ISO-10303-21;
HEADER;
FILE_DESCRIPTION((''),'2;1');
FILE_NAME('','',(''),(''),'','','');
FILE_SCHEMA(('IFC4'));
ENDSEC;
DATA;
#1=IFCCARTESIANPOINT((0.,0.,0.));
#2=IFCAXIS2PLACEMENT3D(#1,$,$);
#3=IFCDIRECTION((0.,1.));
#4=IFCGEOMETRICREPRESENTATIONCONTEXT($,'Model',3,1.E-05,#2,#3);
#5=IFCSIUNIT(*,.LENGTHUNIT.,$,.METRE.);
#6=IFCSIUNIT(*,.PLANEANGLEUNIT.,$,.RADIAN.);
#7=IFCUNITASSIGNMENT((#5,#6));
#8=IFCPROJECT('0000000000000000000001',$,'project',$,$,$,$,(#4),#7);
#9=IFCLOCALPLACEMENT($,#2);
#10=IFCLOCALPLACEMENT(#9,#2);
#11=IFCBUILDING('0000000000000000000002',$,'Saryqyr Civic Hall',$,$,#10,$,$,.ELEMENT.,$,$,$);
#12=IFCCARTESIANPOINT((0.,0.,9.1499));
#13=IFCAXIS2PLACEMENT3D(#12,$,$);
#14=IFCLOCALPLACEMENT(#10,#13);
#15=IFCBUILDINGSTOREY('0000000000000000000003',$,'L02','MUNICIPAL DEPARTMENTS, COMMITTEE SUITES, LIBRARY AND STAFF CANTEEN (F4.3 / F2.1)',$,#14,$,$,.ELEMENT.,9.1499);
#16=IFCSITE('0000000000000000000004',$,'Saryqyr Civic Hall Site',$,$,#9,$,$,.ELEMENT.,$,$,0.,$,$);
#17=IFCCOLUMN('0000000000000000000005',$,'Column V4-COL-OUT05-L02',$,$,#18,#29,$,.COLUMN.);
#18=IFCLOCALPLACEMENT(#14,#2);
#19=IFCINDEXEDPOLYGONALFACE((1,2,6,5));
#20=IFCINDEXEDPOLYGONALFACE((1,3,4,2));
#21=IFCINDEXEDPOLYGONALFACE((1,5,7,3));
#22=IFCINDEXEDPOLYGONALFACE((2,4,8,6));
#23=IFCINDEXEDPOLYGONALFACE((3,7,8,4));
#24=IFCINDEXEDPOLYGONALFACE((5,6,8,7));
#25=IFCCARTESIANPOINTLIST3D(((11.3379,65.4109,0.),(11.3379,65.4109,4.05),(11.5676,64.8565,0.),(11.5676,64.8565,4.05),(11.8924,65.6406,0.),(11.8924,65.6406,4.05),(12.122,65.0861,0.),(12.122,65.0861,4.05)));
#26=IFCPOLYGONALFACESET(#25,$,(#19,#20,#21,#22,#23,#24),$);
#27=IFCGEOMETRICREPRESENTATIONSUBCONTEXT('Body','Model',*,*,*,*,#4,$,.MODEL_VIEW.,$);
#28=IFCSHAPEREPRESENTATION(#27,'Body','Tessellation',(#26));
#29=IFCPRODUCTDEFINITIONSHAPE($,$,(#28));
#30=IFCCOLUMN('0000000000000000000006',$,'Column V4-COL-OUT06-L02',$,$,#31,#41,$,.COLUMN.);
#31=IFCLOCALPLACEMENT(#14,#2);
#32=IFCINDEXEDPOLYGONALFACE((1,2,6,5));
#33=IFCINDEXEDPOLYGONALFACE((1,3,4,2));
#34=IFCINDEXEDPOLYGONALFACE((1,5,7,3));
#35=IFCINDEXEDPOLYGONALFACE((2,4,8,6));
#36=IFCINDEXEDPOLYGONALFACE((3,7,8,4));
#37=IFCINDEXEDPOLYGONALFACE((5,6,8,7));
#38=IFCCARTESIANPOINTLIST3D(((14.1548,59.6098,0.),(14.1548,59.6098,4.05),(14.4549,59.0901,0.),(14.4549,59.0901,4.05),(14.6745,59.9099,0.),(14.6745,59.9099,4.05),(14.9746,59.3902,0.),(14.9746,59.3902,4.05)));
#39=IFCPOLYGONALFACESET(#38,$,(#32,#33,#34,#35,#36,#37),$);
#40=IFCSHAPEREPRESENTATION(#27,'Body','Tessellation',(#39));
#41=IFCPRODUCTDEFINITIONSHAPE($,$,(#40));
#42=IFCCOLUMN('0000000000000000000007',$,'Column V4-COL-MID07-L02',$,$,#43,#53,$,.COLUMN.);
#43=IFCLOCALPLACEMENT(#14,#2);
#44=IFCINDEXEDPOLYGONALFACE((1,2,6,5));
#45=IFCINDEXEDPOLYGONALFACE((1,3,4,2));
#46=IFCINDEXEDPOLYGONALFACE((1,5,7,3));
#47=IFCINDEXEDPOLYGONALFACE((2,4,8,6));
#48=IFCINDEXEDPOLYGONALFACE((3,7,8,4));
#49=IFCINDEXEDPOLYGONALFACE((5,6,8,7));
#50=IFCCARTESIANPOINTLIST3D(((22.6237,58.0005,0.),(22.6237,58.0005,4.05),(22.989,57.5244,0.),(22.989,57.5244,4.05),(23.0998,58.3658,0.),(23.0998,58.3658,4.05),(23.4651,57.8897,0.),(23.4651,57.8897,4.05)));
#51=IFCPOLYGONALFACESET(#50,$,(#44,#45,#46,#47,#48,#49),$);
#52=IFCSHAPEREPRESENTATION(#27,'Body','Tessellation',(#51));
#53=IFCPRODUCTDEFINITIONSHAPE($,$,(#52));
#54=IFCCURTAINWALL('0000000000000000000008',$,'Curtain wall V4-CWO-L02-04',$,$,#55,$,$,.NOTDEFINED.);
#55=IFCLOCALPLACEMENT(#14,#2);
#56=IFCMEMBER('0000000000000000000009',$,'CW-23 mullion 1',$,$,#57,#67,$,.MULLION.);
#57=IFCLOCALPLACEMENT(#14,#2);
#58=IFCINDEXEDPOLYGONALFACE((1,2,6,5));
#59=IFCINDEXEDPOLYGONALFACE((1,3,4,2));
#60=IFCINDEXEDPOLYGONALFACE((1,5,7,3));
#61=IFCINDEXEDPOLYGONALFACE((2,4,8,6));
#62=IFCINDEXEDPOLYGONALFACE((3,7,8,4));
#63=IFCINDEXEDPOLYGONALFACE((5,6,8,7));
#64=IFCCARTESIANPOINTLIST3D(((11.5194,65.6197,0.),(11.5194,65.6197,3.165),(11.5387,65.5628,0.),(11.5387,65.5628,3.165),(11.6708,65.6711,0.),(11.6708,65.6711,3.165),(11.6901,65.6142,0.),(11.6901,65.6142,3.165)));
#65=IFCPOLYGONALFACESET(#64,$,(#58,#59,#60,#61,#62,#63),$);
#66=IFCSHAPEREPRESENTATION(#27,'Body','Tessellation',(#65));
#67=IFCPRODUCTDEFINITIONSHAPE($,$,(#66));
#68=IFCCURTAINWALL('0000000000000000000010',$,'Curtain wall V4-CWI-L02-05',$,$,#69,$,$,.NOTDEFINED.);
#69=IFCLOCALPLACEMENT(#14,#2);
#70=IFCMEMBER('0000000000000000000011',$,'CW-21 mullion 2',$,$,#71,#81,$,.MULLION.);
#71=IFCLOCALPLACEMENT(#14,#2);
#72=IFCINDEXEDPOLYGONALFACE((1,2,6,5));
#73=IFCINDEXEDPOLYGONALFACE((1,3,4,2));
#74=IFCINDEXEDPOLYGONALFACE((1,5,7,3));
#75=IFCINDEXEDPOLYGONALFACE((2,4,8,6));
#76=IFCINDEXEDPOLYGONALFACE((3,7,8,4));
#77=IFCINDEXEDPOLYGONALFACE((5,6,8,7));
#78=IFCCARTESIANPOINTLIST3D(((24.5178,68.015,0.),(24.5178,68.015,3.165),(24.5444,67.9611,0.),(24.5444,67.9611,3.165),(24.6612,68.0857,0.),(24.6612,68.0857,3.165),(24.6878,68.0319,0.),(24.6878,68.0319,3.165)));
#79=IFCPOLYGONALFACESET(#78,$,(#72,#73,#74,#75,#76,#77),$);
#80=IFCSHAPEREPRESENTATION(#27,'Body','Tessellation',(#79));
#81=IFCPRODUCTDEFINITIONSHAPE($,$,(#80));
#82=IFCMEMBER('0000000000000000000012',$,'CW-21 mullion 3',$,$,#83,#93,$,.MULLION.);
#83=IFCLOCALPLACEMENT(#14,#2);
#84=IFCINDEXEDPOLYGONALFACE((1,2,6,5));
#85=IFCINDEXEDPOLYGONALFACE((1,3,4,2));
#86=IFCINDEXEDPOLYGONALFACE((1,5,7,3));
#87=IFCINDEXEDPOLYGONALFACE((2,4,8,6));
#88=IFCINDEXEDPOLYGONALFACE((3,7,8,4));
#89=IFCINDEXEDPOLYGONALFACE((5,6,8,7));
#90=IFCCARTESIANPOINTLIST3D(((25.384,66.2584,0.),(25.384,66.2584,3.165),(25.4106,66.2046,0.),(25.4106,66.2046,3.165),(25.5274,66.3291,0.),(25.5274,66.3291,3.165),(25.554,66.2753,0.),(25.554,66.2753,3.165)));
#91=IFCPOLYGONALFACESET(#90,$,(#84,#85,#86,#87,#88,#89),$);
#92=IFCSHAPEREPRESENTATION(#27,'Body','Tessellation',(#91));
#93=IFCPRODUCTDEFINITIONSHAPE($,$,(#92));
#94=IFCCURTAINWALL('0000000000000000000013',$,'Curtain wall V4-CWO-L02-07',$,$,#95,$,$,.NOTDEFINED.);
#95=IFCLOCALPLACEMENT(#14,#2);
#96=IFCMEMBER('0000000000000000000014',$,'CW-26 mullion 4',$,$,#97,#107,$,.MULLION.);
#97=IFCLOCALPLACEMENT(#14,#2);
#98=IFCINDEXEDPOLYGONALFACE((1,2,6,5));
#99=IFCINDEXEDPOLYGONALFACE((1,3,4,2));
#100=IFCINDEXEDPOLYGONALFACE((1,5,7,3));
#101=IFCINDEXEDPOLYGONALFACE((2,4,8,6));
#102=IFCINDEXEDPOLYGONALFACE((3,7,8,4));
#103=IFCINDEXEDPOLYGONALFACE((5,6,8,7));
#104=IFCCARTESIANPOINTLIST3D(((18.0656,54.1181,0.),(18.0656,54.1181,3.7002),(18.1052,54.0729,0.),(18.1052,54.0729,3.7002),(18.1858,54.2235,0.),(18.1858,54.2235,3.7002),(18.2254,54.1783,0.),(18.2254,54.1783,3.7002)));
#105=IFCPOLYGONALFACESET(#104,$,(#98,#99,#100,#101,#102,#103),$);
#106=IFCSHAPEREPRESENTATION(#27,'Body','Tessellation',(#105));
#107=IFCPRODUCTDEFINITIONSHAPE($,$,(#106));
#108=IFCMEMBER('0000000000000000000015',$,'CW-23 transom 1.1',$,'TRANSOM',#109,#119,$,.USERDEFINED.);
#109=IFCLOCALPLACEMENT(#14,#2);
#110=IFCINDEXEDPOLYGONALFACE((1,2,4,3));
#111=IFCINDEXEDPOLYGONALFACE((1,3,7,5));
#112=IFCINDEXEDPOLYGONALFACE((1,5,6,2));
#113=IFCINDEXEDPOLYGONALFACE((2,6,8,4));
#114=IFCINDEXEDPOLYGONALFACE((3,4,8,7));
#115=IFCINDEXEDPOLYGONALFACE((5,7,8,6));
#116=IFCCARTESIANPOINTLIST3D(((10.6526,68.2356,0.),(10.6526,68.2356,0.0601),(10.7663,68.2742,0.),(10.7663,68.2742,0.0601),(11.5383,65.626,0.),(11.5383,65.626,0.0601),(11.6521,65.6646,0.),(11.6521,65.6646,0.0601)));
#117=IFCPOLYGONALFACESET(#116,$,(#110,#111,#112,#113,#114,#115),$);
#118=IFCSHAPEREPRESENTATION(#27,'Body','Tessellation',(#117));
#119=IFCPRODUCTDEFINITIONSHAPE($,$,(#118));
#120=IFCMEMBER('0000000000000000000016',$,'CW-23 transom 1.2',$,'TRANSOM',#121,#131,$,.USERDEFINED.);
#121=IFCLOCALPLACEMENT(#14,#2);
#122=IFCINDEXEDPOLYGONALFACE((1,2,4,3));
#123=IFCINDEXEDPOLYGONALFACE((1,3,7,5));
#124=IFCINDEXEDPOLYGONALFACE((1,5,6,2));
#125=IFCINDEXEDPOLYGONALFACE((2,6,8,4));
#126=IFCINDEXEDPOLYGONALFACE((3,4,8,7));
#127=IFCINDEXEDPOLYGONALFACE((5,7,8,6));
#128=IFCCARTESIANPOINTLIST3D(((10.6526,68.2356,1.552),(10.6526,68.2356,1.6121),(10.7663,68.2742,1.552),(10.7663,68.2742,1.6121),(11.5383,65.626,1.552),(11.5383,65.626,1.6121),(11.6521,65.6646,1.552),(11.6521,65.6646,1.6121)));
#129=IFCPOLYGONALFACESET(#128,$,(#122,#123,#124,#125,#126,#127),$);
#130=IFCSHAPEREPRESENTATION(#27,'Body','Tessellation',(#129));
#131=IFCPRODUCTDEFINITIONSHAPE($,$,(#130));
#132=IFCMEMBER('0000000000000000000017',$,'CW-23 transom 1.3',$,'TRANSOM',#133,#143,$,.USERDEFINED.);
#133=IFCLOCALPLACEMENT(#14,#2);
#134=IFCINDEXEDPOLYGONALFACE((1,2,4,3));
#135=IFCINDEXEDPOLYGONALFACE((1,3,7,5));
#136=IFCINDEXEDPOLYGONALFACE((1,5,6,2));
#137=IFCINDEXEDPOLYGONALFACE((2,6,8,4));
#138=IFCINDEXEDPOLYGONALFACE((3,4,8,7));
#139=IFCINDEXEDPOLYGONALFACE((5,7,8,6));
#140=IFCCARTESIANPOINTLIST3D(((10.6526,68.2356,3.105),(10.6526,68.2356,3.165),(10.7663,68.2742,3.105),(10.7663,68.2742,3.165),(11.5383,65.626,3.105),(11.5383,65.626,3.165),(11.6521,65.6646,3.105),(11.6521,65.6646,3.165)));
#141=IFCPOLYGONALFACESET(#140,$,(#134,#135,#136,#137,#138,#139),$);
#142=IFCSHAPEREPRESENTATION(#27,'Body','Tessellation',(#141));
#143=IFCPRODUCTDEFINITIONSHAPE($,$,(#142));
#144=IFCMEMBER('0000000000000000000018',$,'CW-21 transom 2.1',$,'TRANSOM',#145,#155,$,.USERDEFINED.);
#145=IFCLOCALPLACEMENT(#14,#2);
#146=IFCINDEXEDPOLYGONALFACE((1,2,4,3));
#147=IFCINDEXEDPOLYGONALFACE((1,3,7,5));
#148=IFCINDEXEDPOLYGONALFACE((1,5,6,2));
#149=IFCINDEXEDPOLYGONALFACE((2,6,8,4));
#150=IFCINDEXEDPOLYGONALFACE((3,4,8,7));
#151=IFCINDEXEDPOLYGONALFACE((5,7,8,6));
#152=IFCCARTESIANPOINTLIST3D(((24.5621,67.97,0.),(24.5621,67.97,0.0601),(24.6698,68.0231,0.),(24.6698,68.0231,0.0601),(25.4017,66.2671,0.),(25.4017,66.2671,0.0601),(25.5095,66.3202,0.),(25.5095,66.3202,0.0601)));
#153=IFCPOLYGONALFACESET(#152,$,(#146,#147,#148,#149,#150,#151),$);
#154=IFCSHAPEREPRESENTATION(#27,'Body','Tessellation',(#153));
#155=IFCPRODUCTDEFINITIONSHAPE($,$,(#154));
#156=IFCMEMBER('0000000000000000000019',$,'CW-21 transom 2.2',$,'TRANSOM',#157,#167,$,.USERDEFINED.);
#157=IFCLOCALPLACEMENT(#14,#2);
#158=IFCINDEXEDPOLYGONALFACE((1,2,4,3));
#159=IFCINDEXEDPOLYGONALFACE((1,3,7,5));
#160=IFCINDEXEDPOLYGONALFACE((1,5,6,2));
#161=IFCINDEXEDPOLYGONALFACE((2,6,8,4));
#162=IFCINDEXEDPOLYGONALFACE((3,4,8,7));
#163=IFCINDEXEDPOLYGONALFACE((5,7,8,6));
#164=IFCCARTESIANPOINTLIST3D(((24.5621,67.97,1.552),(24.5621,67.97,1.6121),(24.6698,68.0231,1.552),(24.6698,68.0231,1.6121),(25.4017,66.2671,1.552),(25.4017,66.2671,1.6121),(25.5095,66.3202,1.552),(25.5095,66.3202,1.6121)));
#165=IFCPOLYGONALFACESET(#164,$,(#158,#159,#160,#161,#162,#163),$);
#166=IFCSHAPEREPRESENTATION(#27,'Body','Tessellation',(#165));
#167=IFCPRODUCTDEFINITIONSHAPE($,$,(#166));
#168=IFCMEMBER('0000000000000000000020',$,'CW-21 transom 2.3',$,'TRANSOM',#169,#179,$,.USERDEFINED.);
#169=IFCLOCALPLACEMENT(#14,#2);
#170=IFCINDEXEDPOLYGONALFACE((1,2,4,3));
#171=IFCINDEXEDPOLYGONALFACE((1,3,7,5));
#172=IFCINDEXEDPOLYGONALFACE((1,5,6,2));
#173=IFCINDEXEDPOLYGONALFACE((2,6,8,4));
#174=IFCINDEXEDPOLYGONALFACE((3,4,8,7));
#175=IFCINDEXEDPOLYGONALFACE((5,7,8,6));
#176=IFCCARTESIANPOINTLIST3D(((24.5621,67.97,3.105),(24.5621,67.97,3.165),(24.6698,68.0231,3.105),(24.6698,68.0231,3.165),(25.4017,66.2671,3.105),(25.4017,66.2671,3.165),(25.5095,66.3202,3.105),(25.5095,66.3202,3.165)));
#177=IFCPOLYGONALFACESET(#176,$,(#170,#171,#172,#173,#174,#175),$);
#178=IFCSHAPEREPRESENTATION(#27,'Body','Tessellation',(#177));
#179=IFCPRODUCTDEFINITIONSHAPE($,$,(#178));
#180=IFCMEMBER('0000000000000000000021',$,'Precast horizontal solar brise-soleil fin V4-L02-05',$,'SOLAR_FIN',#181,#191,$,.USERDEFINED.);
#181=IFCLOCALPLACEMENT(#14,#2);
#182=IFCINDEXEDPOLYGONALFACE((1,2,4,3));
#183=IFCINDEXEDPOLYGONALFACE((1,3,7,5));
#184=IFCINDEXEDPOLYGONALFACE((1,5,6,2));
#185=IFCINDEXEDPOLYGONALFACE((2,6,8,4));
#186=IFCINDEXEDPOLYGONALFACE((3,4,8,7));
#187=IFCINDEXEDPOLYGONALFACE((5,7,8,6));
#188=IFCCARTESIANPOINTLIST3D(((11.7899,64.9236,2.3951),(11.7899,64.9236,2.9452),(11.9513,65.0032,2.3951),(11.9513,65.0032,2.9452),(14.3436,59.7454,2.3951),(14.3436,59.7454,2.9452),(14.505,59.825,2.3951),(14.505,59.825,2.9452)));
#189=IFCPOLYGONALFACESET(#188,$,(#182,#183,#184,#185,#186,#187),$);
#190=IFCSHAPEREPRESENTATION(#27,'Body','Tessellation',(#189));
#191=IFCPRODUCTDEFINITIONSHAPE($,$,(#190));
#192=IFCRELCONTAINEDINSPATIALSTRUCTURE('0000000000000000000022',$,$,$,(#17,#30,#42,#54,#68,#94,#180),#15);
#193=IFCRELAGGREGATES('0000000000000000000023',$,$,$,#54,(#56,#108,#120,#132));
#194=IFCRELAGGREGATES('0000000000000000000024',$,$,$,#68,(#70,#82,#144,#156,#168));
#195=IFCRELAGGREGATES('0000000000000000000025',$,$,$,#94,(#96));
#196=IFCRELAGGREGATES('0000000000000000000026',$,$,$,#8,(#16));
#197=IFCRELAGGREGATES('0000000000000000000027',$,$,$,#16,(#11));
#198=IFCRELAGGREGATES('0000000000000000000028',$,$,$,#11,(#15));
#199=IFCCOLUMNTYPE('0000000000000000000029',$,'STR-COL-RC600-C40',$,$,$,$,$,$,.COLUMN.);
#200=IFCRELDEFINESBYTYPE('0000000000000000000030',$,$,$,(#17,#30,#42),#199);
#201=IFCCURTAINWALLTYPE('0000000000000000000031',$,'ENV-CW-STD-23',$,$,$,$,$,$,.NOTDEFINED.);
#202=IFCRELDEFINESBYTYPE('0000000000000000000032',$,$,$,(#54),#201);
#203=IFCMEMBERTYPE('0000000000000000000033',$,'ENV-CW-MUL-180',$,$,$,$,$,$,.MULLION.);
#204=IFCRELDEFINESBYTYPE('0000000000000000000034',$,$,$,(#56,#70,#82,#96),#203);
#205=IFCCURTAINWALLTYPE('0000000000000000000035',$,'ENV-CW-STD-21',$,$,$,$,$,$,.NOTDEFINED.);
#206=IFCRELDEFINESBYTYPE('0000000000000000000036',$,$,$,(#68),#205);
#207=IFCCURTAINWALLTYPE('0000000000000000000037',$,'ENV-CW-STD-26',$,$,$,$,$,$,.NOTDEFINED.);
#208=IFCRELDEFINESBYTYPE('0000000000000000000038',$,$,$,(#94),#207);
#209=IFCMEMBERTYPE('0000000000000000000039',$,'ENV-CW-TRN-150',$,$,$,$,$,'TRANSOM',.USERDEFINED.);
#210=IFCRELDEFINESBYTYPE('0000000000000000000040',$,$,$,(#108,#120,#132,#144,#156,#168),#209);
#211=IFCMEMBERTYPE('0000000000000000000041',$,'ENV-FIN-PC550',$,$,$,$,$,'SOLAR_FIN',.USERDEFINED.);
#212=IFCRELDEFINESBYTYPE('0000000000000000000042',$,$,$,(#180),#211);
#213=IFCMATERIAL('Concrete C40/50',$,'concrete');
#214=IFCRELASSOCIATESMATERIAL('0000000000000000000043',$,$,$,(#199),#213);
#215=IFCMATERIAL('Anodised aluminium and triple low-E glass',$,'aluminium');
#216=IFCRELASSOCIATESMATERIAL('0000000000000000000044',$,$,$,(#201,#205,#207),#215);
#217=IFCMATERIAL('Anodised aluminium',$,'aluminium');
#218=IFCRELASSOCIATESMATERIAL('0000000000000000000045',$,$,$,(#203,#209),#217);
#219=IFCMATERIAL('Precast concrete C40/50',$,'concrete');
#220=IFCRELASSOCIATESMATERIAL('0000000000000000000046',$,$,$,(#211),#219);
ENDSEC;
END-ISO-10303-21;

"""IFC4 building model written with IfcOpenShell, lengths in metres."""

from ifc_helpers import new_model, si_unit, direction, frame, origin, origin_2d, place, context, subcontext, project, spatial, rectangle, extrude, material, material_profile, profile_set, type_object, element, aggregate, save


model = new_model("IFC4")

# Units and contexts
model_context = context("Model", 3, precision=1e-05, world=origin(), true_north=direction((0.0, 1.0)))
body_context = subcontext(model_context, "Body", "Model", "MODEL_VIEW")
ifc_project = project(units=[si_unit("LENGTHUNIT", "METRE"), si_unit("PLANEANGLEUNIT", "RADIAN")], contexts=[model_context])

# Site, building, storey
site_placement = place(None, origin())
site = spatial("IfcSite", under=ifc_project, at=site_placement, Name="Saryqyr Civic Hall Site", CompositionType="ELEMENT", RefElevation=0.0)
building_placement = place(site_placement, origin())
building = spatial("IfcBuilding", under=site, at=building_placement, Name="Saryqyr Civic Hall", CompositionType="ELEMENT")
storey_placement = place(building_placement, frame((0.0, 0.0, 9.1499)))
storey = spatial("IfcBuildingStorey", under=building, at=storey_placement, Name="L02", Description="MUNICIPAL DEPARTMENTS, COMMITTEE SUITES, LIBRARY AND STAFF CANTEEN (F4.3 / F2.1)", CompositionType="ELEMENT", Elevation=9.1499)

# Columns
ifc_material_1 = material(Name="Concrete C40/50", Category="concrete")
ifc_material_profile_1 = material_profile(ifc_material_1, rectangle(XDim=0.6001, YDim=0.6001, at=origin_2d()), Name="RC 600x600")
ifc_profile_set_1 = profile_set([ifc_material_profile_1], Name="Concrete C40/50")
column_type = type_object("IfcColumnType", Name="STR-COL-RC600-C40", PredefinedType="COLUMN", material=ifc_profile_set_1)
for number, where, z_axis, x_axis, name in (
    (1, (11.73, 65.2485, 0.0), (0.0, 0.0, 1.0), (-0.92388, -0.382683, 0.0), "Column V4-COL-OUT05-L02"),
    (2, (14.5647, 59.5, 0.0), (0.0, 0.0, 1.0), (-0.866025, -0.5, 0.0), "Column V4-COL-OUT06-L02"),
    (3, (23.0444, 57.9451, 0.0), (0.0, 0.0, 1.0), (-0.793353, -0.608761, 0.0), "Column V4-COL-MID07-L02"),
):
    element("IfcColumn", number, at=place(storey_placement, frame(where, z_axis=z_axis, x_axis=x_axis)), inside=storey, type_object=column_type, Name=name, PredefinedType="COLUMN", context=body_context, shape_type="SweptSolid", body=[
        extrude(rectangle(XDim=0.6001, YDim=0.6001, at=origin_2d()), origin(), (0.0, 0.0, 1.0), 4.05),
    ])

# Curtain wall, member
ifc_material_2 = material(Name="Anodised aluminium and triple low-E glass", Category="aluminium")
curtain_wall_type_1 = type_object("IfcCurtainWallType", Name="ENV-CW-STD-23", PredefinedType="NOTDEFINED", material=ifc_material_2)
curtain_wall_1_placement = place(storey_placement, origin())
curtain_wall_1 = element("IfcCurtainWall", 4, at=curtain_wall_1_placement, inside=storey, type_object=curtain_wall_type_1, Name="Curtain wall V4-CWO-L02-04", PredefinedType="NOTDEFINED")
ifc_material_3 = material(Name="Anodised aluminium", Category="aluminium")
ifc_material_profile_2 = material_profile(ifc_material_3, rectangle(XDim=0.0601, YDim=0.1599, at=origin_2d()), Name="ALU MULLION 60x160")
ifc_profile_set_2 = profile_set([ifc_material_profile_2], Name="Anodised aluminium")
member_type_1 = type_object("IfcMemberType", Name="ENV-CW-MUL-180", PredefinedType="MULLION", material=ifc_profile_set_2)
member_1_placement = place(storey_placement, frame((11.6047, 65.6169, 0.0), z_axis=(0.0, 0.0, 1.0), x_axis=(-0.321447, 0.946928, 0.0)))
member_1 = element("IfcMember", 5, at=member_1_placement, type_object=member_type_1, Name="CW-23 mullion 1", PredefinedType="MULLION", context=body_context, shape_type="SweptSolid", body=[
    extrude(rectangle(XDim=0.0601, YDim=0.1599, at=origin_2d()), origin(), (0.0, 0.0, 1.0), 3.165),
])

# Curtain wall, members
curtain_wall_type_2 = type_object("IfcCurtainWallType", Name="ENV-CW-STD-21", PredefinedType="NOTDEFINED", material=ifc_material_2)
curtain_wall_2_placement = place(storey_placement, origin())
curtain_wall_2 = element("IfcCurtainWall", 6, at=curtain_wall_2_placement, inside=storey, type_object=curtain_wall_type_2, Name="Curtain wall V4-CWI-L02-05", PredefinedType="NOTDEFINED")
member_2_placement = place(storey_placement, frame((24.6028, 68.0234, 0.0), z_axis=(0.0, 0.0, 1.0), x_axis=(0.442268, -0.896883, 0.0)))
member_2 = element("IfcMember", 7, at=member_2_placement, type_object=member_type_1, Name="CW-21 mullion 2", PredefinedType="MULLION", context=body_context, shape_type="SweptSolid", body=[
    extrude(rectangle(XDim=0.0601, YDim=0.1599, at=origin_2d()), origin(), (0.0, 0.0, 1.0), 3.165),
])
member_3_placement = place(storey_placement, frame((25.469, 66.2668, 0.0), z_axis=(0.0, 0.0, 1.0), x_axis=(0.442268, -0.896883, 0.0)))
member_3 = element("IfcMember", 8, at=member_3_placement, type_object=member_type_1, Name="CW-21 mullion 3", PredefinedType="MULLION", context=body_context, shape_type="SweptSolid", body=[
    extrude(rectangle(XDim=0.0601, YDim=0.1599, at=origin_2d()), origin(), (0.0, 0.0, 1.0), 3.165),
])

# Curtain wall, member
curtain_wall_type_3 = type_object("IfcCurtainWallType", Name="ENV-CW-STD-26", PredefinedType="NOTDEFINED", material=ifc_material_2)
curtain_wall_3_placement = place(storey_placement, origin())
curtain_wall_3 = element("IfcCurtainWall", 9, at=curtain_wall_3_placement, inside=storey, type_object=curtain_wall_type_3, Name="Curtain wall V4-CWO-L02-07", PredefinedType="NOTDEFINED")
member_4_placement = place(storey_placement, frame((18.1455, 54.1482, 0.0), z_axis=(0.0, 0.0, 1.0), x_axis=(-0.659349, 0.751837, 0.0)))
member_4 = element("IfcMember", 10, at=member_4_placement, type_object=member_type_1, Name="CW-26 mullion 4", PredefinedType="MULLION", context=body_context, shape_type="SweptSolid", body=[
    extrude(rectangle(XDim=0.0601, YDim=0.1599, at=origin_2d()), origin(), (0.0, 0.0, 1.0), 3.7002),
])

# Members
ifc_material_profile_3 = material_profile(ifc_material_3, rectangle(XDim=0.1201, YDim=0.0601, at=origin_2d()), Name="ALU TRANSOM 120x60")
ifc_profile_set_3 = profile_set([ifc_material_profile_3], Name="Anodised aluminium")
member_type_2 = type_object("IfcMemberType", Name="ENV-CW-TRN-150", ElementType="TRANSOM", PredefinedType="USERDEFINED", material=ifc_profile_set_3)
member_5_placement = place(storey_placement, frame((11.5952, 65.6453, 0.03), z_axis=(-0.321406, 0.946942, 0.0), x_axis=(-0.946942, -0.321406, 0.0)))
member_5 = element("IfcMember", 11, at=member_5_placement, type_object=member_type_2, Name="CW-23 transom 1.1", ObjectType="TRANSOM", PredefinedType="USERDEFINED", context=body_context, shape_type="SweptSolid", body=[
    extrude(rectangle(XDim=0.1201, YDim=0.0601, at=origin_2d()), origin(), (0.0, 0.0, 1.0), 2.7559),
])
member_6_placement = place(storey_placement, frame((11.5952, 65.6453, 1.582), z_axis=(-0.321406, 0.946942, 0.0), x_axis=(-0.946942, -0.321406, 0.0)))
member_6 = element("IfcMember", 12, at=member_6_placement, type_object=member_type_2, Name="CW-23 transom 1.2", ObjectType="TRANSOM", PredefinedType="USERDEFINED", context=body_context, shape_type="SweptSolid", body=[
    extrude(rectangle(XDim=0.1201, YDim=0.0601, at=origin_2d()), origin(), (0.0, 0.0, 1.0), 2.7559),
])
member_7_placement = place(storey_placement, frame((11.5952, 65.6453, 3.135), z_axis=(-0.321406, 0.946942, 0.0), x_axis=(-0.946942, -0.321406, 0.0)))
member_7 = element("IfcMember", 13, at=member_7_placement, type_object=member_type_2, Name="CW-23 transom 1.3", ObjectType="TRANSOM", PredefinedType="USERDEFINED", context=body_context, shape_type="SweptSolid", body=[
    extrude(rectangle(XDim=0.1201, YDim=0.0601, at=origin_2d()), origin(), (0.0, 0.0, 1.0), 2.7559),
])
member_8_placement = place(storey_placement, frame((24.616, 67.9966, 0.03), z_axis=(0.442217, -0.896908, 0.0), x_axis=(0.896908, 0.442217, 0.0)))
member_8 = element("IfcMember", 14, at=member_8_placement, type_object=member_type_2, Name="CW-21 transom 2.1", ObjectType="TRANSOM", PredefinedType="USERDEFINED", context=body_context, shape_type="SweptSolid", body=[
    extrude(rectangle(XDim=0.1201, YDim=0.0601, at=origin_2d()), origin(), (0.0, 0.0, 1.0), 1.8987),
])
member_9_placement = place(storey_placement, frame((24.616, 67.9966, 1.582), z_axis=(0.442217, -0.896908, 0.0), x_axis=(0.896908, 0.442217, 0.0)))
member_9 = element("IfcMember", 15, at=member_9_placement, type_object=member_type_2, Name="CW-21 transom 2.2", ObjectType="TRANSOM", PredefinedType="USERDEFINED", context=body_context, shape_type="SweptSolid", body=[
    extrude(rectangle(XDim=0.1201, YDim=0.0601, at=origin_2d()), origin(), (0.0, 0.0, 1.0), 1.8987),
])
member_10_placement = place(storey_placement, frame((24.616, 67.9966, 3.135), z_axis=(0.442217, -0.896908, 0.0), x_axis=(0.896908, 0.442217, 0.0)))
member_10 = element("IfcMember", 16, at=member_10_placement, type_object=member_type_2, Name="CW-21 transom 2.3", ObjectType="TRANSOM", PredefinedType="USERDEFINED", context=body_context, shape_type="SweptSolid", body=[
    extrude(rectangle(XDim=0.1201, YDim=0.0601, at=origin_2d()), origin(), (0.0, 0.0, 1.0), 1.8987),
])
ifc_material_4 = material(Name="Precast concrete C40/50", Category="concrete")
ifc_material_profile_4 = material_profile(ifc_material_4, rectangle(XDim=0.1799, YDim=0.55, at=origin_2d()), Name="PC FIN 180x550")
ifc_profile_set_4 = profile_set([ifc_material_profile_4], Name="Precast concrete C40/50")
member_type_3 = type_object("IfcMemberType", Name="ENV-FIN-PC550", ElementType="SOLAR_FIN", PredefinedType="USERDEFINED", material=ifc_profile_set_4)
member_11_placement = place(storey_placement, frame((11.8706, 64.9634, 2.6702), z_axis=(0.442302, -0.896866, 0.0), x_axis=(0.896866, 0.442302, 0.0)))
element("IfcMember", 17, at=member_11_placement, inside=storey, type_object=member_type_3, Name="Precast horizontal solar brise-soleil fin V4-L02-05", ObjectType="SOLAR_FIN", PredefinedType="USERDEFINED", context=body_context, shape_type="SweptSolid", body=[
    extrude(rectangle(XDim=0.1799, YDim=0.55, at=origin_2d()), origin(), (0.0, 0.0, 1.0), 5.7737),
])

aggregate(curtain_wall_1, [member_1, member_5, member_6, member_7])
aggregate(curtain_wall_2, [member_2, member_3, member_8, member_9, member_10])
aggregate(curtain_wall_3, [member_4])

save(model, "model.ifc")
